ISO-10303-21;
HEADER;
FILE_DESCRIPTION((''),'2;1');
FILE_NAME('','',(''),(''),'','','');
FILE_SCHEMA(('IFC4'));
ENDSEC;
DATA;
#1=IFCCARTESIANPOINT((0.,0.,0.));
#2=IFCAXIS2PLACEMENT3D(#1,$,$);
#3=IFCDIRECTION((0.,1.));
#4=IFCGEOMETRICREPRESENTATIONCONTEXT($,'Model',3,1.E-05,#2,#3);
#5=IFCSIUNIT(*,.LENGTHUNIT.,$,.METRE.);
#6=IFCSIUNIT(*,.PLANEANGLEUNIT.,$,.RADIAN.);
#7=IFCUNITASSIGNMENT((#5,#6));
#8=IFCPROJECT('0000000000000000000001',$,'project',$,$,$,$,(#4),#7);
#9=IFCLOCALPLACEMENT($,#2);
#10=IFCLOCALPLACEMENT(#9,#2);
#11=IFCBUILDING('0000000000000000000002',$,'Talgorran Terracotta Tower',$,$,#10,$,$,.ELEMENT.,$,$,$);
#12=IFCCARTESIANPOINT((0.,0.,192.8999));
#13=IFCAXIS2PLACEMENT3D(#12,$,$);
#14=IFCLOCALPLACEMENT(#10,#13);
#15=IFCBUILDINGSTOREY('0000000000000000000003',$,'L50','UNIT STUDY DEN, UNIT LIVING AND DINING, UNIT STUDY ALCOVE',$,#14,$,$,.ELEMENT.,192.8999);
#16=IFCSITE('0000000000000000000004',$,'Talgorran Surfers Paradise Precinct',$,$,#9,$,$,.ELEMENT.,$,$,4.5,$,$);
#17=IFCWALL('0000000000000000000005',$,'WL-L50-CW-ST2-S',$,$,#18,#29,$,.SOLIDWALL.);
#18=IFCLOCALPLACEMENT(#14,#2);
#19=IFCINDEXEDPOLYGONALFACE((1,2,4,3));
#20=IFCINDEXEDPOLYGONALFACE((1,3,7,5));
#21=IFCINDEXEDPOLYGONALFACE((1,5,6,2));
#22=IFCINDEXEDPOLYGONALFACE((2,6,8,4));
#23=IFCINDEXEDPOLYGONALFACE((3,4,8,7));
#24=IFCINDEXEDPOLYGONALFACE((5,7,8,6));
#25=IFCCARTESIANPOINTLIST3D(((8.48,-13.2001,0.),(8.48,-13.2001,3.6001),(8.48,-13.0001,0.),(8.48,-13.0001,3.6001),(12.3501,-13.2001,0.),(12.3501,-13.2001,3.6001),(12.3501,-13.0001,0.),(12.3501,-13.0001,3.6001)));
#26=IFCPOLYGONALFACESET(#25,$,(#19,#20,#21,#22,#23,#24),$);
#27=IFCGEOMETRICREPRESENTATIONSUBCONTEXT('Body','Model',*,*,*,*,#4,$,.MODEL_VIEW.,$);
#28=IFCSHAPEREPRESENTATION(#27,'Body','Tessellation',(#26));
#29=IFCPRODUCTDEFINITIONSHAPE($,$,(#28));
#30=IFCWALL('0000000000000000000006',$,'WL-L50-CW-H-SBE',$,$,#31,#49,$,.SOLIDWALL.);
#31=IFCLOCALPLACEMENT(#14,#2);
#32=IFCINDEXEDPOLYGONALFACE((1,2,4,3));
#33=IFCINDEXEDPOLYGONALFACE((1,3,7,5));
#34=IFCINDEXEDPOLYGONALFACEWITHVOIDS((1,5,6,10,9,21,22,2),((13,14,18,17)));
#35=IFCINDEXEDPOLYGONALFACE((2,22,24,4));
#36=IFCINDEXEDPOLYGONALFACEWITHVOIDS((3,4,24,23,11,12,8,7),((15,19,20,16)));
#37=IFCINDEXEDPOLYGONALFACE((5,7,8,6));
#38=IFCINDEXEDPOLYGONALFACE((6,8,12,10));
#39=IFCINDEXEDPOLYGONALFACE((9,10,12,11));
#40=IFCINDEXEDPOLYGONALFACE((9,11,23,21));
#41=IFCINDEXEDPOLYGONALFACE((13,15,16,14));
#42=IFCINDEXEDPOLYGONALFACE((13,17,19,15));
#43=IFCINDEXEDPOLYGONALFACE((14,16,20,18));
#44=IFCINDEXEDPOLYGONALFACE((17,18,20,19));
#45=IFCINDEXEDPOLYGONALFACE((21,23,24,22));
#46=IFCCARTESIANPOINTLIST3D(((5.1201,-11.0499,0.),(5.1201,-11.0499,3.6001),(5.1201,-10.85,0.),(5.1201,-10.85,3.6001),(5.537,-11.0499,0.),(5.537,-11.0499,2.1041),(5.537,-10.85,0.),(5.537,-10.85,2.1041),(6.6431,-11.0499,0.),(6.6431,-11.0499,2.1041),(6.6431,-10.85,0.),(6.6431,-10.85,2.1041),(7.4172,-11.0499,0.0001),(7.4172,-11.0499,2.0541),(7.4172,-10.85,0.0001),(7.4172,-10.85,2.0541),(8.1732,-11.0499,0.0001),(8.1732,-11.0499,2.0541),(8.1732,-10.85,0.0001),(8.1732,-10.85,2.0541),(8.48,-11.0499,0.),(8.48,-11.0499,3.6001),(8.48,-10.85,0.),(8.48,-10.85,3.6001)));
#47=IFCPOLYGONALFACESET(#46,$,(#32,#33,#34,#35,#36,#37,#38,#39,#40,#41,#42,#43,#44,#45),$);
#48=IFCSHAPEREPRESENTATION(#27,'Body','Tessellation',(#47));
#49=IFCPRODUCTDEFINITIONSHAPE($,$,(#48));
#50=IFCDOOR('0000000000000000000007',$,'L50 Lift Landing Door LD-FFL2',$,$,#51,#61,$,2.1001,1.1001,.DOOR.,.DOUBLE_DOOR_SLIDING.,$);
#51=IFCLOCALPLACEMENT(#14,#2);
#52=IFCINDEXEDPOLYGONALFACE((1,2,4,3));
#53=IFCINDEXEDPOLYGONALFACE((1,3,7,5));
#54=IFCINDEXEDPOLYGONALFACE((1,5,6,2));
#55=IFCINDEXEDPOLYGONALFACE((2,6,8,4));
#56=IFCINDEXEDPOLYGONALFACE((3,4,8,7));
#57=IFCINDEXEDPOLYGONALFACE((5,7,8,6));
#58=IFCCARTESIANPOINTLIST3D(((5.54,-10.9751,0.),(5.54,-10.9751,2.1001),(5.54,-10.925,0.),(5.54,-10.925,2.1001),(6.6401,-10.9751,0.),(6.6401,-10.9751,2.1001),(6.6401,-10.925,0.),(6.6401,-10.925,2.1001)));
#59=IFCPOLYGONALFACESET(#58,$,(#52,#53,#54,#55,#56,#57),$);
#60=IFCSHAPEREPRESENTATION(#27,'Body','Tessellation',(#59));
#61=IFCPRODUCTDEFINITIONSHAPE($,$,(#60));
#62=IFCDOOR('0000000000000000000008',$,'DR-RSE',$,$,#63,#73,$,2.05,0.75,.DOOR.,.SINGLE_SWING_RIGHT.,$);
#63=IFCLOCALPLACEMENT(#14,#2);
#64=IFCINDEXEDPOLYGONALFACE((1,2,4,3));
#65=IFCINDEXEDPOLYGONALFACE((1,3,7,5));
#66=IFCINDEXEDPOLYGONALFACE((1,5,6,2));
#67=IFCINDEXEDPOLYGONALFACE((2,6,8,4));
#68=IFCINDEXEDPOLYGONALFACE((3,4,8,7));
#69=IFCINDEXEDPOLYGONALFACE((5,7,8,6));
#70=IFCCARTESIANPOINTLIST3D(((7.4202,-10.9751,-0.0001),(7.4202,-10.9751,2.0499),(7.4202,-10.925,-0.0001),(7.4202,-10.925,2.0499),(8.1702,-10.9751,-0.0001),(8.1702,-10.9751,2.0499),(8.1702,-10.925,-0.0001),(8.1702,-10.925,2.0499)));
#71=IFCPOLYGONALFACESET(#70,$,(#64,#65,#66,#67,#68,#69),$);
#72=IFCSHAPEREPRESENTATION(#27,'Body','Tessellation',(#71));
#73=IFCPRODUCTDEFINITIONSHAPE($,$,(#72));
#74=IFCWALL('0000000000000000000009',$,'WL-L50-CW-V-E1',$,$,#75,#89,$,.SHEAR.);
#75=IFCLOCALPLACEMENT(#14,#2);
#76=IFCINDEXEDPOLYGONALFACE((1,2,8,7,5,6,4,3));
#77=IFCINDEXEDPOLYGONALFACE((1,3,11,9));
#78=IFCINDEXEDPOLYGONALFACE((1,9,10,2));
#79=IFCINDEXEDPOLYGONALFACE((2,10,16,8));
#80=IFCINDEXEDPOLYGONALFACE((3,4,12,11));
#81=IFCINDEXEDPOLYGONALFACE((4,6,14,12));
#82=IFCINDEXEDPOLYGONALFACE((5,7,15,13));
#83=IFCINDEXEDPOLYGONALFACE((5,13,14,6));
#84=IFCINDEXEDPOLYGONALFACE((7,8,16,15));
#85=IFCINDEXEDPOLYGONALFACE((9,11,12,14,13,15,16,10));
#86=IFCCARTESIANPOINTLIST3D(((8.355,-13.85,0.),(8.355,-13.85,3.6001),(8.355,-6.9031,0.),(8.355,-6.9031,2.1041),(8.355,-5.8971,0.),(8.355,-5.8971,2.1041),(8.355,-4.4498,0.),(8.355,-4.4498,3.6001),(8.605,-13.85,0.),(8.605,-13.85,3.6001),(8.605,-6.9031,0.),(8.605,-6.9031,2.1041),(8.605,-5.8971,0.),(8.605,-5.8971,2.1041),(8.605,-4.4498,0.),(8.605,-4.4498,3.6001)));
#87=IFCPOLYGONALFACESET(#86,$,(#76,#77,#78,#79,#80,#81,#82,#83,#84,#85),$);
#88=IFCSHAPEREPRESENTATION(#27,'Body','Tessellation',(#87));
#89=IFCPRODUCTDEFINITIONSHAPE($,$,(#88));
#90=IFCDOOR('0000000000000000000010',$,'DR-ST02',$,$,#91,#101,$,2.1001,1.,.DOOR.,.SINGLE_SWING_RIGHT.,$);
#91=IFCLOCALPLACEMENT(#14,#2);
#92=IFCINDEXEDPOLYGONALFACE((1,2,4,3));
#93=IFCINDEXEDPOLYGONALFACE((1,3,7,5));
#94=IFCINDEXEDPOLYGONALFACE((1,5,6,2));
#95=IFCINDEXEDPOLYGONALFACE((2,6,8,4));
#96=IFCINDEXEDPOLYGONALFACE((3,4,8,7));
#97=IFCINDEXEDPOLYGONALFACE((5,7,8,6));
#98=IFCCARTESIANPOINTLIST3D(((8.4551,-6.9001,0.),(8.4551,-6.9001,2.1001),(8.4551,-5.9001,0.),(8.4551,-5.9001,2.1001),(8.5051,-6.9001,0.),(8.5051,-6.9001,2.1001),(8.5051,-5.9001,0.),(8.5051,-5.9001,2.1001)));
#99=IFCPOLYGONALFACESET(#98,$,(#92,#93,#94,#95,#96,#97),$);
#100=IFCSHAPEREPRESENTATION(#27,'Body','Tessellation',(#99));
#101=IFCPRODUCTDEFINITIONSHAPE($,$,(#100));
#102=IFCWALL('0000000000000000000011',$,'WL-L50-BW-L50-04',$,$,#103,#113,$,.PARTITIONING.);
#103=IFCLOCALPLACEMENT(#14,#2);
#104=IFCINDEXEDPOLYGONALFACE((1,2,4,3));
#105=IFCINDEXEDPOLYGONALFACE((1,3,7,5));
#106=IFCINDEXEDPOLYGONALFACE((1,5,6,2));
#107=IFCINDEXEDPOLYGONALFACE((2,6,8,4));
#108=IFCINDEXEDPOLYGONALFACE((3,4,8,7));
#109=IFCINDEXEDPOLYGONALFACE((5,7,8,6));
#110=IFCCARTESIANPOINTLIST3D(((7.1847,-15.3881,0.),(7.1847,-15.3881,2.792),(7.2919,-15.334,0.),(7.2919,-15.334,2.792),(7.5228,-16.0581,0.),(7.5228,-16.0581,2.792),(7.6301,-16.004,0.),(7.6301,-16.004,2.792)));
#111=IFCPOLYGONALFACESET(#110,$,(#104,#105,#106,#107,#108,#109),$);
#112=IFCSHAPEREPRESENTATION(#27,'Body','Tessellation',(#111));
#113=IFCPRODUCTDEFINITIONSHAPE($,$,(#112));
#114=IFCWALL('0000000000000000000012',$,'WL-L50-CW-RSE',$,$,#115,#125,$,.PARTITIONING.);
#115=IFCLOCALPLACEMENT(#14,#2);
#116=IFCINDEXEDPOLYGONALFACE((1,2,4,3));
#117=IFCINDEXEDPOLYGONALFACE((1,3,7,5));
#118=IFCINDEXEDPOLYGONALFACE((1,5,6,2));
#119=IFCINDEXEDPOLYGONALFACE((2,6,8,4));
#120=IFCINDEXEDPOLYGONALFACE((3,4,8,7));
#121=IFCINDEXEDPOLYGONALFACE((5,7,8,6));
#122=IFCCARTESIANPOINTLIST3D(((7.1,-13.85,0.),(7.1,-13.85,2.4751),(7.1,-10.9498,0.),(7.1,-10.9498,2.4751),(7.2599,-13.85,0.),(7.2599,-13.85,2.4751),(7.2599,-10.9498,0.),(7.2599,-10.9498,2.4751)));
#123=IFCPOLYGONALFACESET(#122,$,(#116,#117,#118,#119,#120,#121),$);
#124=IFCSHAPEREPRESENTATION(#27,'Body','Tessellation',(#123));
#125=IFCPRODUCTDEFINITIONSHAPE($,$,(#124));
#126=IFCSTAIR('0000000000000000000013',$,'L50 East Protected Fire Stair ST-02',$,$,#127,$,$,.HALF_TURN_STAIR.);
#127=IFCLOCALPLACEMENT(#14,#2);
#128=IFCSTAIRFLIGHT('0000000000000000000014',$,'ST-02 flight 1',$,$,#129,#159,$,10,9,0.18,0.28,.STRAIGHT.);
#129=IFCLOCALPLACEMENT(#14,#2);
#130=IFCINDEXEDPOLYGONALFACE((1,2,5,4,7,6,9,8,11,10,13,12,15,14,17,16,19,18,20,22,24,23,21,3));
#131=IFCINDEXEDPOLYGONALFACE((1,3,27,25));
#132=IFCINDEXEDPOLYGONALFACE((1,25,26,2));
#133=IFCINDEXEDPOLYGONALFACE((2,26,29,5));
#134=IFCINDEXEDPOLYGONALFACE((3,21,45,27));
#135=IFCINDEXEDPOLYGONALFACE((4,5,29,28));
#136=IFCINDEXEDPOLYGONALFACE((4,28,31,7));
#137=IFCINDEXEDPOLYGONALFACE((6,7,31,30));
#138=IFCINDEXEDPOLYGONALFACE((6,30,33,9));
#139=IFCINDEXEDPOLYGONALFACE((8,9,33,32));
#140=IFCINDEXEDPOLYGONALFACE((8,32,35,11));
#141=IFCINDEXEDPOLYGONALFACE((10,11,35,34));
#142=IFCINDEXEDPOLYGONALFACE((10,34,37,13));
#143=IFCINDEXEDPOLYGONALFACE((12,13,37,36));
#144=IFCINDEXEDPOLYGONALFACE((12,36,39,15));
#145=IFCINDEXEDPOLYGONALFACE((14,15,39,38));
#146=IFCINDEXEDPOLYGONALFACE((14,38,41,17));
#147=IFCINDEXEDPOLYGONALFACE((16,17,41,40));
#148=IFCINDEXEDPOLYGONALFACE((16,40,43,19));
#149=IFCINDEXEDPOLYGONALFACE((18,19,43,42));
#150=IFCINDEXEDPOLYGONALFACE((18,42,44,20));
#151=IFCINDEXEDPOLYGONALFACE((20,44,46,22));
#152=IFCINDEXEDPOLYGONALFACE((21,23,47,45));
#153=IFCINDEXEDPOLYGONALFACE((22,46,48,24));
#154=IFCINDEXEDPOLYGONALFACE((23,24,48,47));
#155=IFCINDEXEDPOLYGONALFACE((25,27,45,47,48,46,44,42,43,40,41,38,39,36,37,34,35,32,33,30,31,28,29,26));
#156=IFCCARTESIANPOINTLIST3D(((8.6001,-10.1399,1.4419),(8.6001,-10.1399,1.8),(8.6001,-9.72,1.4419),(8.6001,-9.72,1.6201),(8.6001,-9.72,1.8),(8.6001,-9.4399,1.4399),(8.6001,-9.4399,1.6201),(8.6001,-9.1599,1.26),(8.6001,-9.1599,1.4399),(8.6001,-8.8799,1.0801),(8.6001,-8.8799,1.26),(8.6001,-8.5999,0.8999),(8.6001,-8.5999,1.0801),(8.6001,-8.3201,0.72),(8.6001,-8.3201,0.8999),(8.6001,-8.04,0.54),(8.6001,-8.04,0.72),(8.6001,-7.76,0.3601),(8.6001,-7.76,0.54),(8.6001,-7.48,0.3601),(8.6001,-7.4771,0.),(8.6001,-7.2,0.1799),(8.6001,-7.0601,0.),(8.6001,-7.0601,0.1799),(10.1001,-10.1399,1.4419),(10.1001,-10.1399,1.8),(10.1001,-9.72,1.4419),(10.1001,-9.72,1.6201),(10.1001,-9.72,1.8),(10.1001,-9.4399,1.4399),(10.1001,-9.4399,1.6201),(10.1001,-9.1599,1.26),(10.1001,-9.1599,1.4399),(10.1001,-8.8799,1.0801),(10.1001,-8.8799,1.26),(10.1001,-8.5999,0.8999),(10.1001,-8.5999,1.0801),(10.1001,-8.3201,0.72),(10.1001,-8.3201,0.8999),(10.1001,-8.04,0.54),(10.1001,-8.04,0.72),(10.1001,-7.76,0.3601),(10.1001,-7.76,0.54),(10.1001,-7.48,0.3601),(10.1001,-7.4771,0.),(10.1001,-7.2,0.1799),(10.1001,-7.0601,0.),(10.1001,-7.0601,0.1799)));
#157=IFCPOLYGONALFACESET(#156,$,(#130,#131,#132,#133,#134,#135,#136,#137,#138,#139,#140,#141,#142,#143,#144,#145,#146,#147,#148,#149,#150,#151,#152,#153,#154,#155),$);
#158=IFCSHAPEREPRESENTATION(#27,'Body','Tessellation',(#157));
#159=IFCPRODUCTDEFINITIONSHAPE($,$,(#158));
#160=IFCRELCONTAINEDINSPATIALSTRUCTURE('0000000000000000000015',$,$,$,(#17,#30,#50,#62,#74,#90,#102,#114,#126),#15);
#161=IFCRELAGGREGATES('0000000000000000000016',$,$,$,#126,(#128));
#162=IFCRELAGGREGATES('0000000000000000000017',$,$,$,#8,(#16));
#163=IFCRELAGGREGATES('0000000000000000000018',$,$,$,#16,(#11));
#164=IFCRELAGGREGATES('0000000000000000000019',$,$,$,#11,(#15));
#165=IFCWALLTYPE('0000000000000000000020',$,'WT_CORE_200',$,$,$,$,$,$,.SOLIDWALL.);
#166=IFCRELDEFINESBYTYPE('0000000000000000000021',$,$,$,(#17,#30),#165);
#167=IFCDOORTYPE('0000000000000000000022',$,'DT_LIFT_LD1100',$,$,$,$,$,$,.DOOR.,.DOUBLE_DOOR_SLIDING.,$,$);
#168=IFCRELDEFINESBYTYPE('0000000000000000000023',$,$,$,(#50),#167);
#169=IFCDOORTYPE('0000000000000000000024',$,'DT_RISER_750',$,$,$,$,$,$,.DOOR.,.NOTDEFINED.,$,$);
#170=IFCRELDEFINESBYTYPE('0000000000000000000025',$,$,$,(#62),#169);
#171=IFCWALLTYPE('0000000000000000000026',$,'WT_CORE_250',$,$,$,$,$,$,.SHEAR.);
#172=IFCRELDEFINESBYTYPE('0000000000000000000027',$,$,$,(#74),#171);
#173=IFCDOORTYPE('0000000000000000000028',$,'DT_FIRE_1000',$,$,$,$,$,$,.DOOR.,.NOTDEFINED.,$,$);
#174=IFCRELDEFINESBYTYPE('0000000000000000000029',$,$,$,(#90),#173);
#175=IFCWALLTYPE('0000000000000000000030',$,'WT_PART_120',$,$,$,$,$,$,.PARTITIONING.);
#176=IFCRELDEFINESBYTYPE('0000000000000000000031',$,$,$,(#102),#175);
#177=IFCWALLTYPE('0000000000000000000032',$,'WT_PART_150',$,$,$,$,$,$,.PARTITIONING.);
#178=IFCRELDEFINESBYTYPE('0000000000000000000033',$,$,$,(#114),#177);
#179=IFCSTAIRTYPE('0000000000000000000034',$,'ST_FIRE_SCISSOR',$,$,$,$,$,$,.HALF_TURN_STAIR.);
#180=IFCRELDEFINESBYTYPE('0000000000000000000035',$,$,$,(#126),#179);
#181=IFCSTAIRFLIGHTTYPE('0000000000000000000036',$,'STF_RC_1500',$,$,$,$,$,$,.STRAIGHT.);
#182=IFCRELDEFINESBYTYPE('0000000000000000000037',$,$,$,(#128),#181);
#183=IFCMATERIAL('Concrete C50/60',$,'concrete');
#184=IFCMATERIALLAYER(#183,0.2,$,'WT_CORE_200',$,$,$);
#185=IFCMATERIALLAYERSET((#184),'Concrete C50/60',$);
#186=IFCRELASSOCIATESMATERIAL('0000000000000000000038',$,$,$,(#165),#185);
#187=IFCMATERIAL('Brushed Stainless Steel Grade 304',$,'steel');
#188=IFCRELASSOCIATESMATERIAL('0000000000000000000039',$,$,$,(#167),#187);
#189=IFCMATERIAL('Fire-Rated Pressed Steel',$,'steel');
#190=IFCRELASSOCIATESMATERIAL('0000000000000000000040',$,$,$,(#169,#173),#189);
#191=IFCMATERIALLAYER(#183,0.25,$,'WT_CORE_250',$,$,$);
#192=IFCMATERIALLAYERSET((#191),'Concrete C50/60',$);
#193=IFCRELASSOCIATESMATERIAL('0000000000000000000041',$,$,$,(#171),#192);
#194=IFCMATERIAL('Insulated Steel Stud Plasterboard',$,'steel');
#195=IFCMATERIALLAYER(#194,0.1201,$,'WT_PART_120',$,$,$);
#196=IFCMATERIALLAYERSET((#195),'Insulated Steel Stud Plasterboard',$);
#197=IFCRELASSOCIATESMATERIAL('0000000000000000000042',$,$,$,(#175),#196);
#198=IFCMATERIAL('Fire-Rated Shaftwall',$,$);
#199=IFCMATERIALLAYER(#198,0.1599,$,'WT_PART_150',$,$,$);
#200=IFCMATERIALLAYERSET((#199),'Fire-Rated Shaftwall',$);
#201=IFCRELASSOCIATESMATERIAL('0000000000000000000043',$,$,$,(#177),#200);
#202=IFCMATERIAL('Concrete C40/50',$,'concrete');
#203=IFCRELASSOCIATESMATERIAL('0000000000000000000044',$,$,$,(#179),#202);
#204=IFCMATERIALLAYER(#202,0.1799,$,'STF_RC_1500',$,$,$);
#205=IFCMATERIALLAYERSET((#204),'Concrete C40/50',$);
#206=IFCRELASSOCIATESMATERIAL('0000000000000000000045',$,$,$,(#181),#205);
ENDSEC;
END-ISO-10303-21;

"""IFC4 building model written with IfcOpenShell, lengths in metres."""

from ifc_helpers import new_model, si_unit, direction, frame, frame_2d, origin, place, context, subcontext, project, spatial, polyline, rectangle, outline, extrude, material, layer, layer_set, type_object, element, fill, aggregate, save


model = new_model("IFC4")

# Units and contexts
model_context = context("Model", 3, precision=1e-05, world=origin(), true_north=direction((0.0, 1.0)))
body_context = subcontext(model_context, "Body", "Model", "MODEL_VIEW")
ifc_project = project(units=[si_unit("LENGTHUNIT", "METRE"), si_unit("PLANEANGLEUNIT", "RADIAN")], contexts=[model_context])

# Site, building, storey
site_placement = place(None, origin())
site = spatial("IfcSite", under=ifc_project, at=site_placement, Name="Talgorran Surfers Paradise Precinct", CompositionType="ELEMENT", RefElevation=4.5)
building_placement = place(site_placement, origin())
building = spatial("IfcBuilding", under=site, at=building_placement, Name="Talgorran Terracotta Tower", CompositionType="ELEMENT")
storey_placement = place(building_placement, frame((0.0, 0.0, 192.8999)))
storey = spatial("IfcBuildingStorey", under=building, at=storey_placement, Name="L50", Description="UNIT STUDY DEN, UNIT LIVING AND DINING, UNIT STUDY ALCOVE", CompositionType="ELEMENT", Elevation=192.8999)

# Shared definitions
ifc_material_1 = material(Name="Concrete C50/60", Category="concrete")

# Wall
ifc_layer_1 = layer(ifc_material_1, 0.2, Name="WT_CORE_200")
ifc_layer_set_1 = layer_set([ifc_layer_1], Name="Concrete C50/60")
wall_type_1 = type_object("IfcWallType", Name="WT_CORE_200", PredefinedType="SOLIDWALL", material=ifc_layer_set_1)
wall_1_placement = place(storey_placement, frame((8.48, -13.1001, 0.0), z_axis=(0.0, 0.0, 1.0), x_axis=(1.0, 0.0, 0.0)))
element("IfcWall", 1, at=wall_1_placement, inside=storey, type_object=wall_type_1, Name="WL-L50-CW-ST2-S", PredefinedType="SOLIDWALL", context=body_context, shape_type="SweptSolid", body=[
    extrude(rectangle(XDim=3.8701, YDim=0.2, at=frame_2d((1.9351, 0.0))), origin(), (0.0, 0.0, 1.0), 3.6001),
])

# Wall, openings, doors
wall_2_placement = place(storey_placement, frame((5.1201, -10.95, 0.0), z_axis=(0.0, 0.0, 1.0), x_axis=(1.0, 0.0, 0.0)))
wall_2 = element("IfcWall", 2, at=wall_2_placement, inside=storey, type_object=wall_type_1, Name="WL-L50-CW-H-SBE", PredefinedType="SOLIDWALL", context=body_context, shape_type="SweptSolid", body=[
    extrude(rectangle(XDim=3.3599, YDim=0.2, at=frame_2d((1.6799, 0.0))), origin(), (0.0, 0.0, 1.0), 3.6001),
])
opening_1_placement = place(wall_2_placement, frame((0.4199, 0.0, 0.0)))
opening_1 = element("IfcOpeningElement", 3, at=opening_1_placement, cuts=wall_2, PredefinedType="OPENING", context=body_context, shape_type="SweptSolid", body=[
    extrude(rectangle(XDim=1.1061, YDim=2.1041, at=frame_2d((0.55, 1.052))), frame((0.0, 0.1099, 0.0), z_axis=(0.0, -1.0, 0.0), x_axis=(1.0, 0.0, 0.0)), (0.0, 0.0, 1.0), 0.22),
])
opening_2_placement = place(wall_2_placement, frame((2.3, 0.0, 0.0)))
opening_2 = element("IfcOpeningElement", 4, at=opening_2_placement, cuts=wall_2, PredefinedType="OPENING", context=body_context, shape_type="SweptSolid", body=[
    extrude(rectangle(XDim=0.756, YDim=2.054, at=frame_2d((0.375, 1.0271))), frame((0.0, 0.1099, 0.0), z_axis=(0.0, -1.0, 0.0), x_axis=(1.0, 0.0, 0.0)), (0.0, 0.0, 1.0), 0.22),
])
ifc_material_2 = material(Name="Brushed Stainless Steel Grade 304", Category="steel")
door_type_1 = type_object("IfcDoorType", Name="DT_LIFT_LD1100", OperationType="DOUBLE_DOOR_SLIDING", PredefinedType="DOOR", material=ifc_material_2)
door_1_placement = place(opening_1_placement, origin())
door_1 = element("IfcDoor", 5, at=door_1_placement, inside=storey, type_object=door_type_1, Name="L50 Lift Landing Door LD-FFL2", OperationType="DOUBLE_DOOR_SLIDING", OverallHeight=2.1001, OverallWidth=1.1001, PredefinedType="DOOR", context=body_context, shape_type="SweptSolid", body=[
    extrude(rectangle(XDim=1.1001, YDim=2.1001, at=frame_2d((0.55, 1.05))), frame((0.0, 0.0249, 0.0), z_axis=(0.0, -1.0, 0.0), x_axis=(1.0, 0.0, 0.0)), (0.0, 0.0, 1.0), 0.05),
])
fill(opening_1, door_1)
ifc_material_3 = material(Name="Fire-Rated Pressed Steel", Category="steel")
door_type_2 = type_object("IfcDoorType", Name="DT_RISER_750", OperationType="NOTDEFINED", PredefinedType="DOOR", material=ifc_material_3)
door_2_placement = place(opening_2_placement, origin())
door_2 = element("IfcDoor", 6, at=door_2_placement, inside=storey, type_object=door_type_2, Name="DR-RSE", OperationType="SINGLE_SWING_RIGHT", OverallHeight=2.05, OverallWidth=0.75, PredefinedType="DOOR", context=body_context, shape_type="SweptSolid", body=[
    extrude(rectangle(XDim=0.75, YDim=2.05, at=frame_2d((0.375, 1.0249))), frame((0.0, 0.0249, 0.0), z_axis=(0.0, -1.0, 0.0), x_axis=(1.0, 0.0, 0.0)), (0.0, 0.0, 1.0), 0.05),
])
fill(opening_2, door_2)

# Wall, opening, door
ifc_layer_2 = layer(ifc_material_1, 0.25, Name="WT_CORE_250")
ifc_layer_set_2 = layer_set([ifc_layer_2], Name="Concrete C50/60")
wall_type_2 = type_object("IfcWallType", Name="WT_CORE_250", PredefinedType="SHEAR", material=ifc_layer_set_2)
wall_3_placement = place(storey_placement, frame((8.48, -13.8501, 0.0), z_axis=(0.0, 0.0, 1.0), x_axis=(0.0, 1.0, 0.0)))
wall_3 = element("IfcWall", 7, at=wall_3_placement, inside=storey, type_object=wall_type_2, Name="WL-L50-CW-V-E1", PredefinedType="SHEAR", context=body_context, shape_type="SweptSolid", body=[
    extrude(rectangle(XDim=9.4001, YDim=0.25, at=frame_2d((4.7002, 0.0))), origin(), (0.0, 0.0, 1.0), 3.6001),
])
opening_3_placement = place(wall_3_placement, frame((6.95, 0.0, 0.0)))
opening_3 = element("IfcOpeningElement", 8, at=opening_3_placement, cuts=wall_3, PredefinedType="OPENING", context=body_context, shape_type="SweptSolid", body=[
    extrude(rectangle(XDim=1.006, YDim=2.1041, at=frame_2d((0.5, 1.052))), frame((0.0, 0.135, 0.0), z_axis=(0.0, -1.0, 0.0), x_axis=(1.0, 0.0, 0.0)), (0.0, 0.0, 1.0), 0.27),
])
door_type_3 = type_object("IfcDoorType", Name="DT_FIRE_1000", OperationType="NOTDEFINED", PredefinedType="DOOR", material=ifc_material_3)
door_3_placement = place(opening_3_placement, origin())
door_3 = element("IfcDoor", 9, at=door_3_placement, inside=storey, type_object=door_type_3, Name="DR-ST02", OperationType="SINGLE_SWING_RIGHT", OverallHeight=2.1001, OverallWidth=1.0, PredefinedType="DOOR", context=body_context, shape_type="SweptSolid", body=[
    extrude(rectangle(XDim=1.0, YDim=2.1001, at=frame_2d((0.5, 1.05))), frame((0.0, 0.0249, 0.0), z_axis=(0.0, -1.0, 0.0), x_axis=(1.0, 0.0, 0.0)), (0.0, 0.0, 1.0), 0.05),
])
fill(opening_3, door_3)

# Walls
ifc_material_4 = material(Name="Insulated Steel Stud Plasterboard", Category="steel")
ifc_layer_3 = layer(ifc_material_4, 0.1201, Name="WT_PART_120")
ifc_layer_set_3 = layer_set([ifc_layer_3], Name="Insulated Steel Stud Plasterboard")
wall_type_3 = type_object("IfcWallType", Name="WT_PART_120", PredefinedType="PARTITIONING", material=ifc_layer_set_3)
wall_4_placement = place(storey_placement, frame((7.2383, -15.3611, 0.0), z_axis=(0.0, 0.0, 1.0), x_axis=(0.450594, -0.892729, 0.0)))
element("IfcWall", 10, at=wall_4_placement, inside=storey, type_object=wall_type_3, Name="WL-L50-BW-L50-04", PredefinedType="PARTITIONING", context=body_context, shape_type="SweptSolid", body=[
    extrude(rectangle(XDim=0.7505, YDim=0.1201, at=frame_2d((0.3752, 0.0))), origin(), (0.0, 0.0, 1.0), 2.792),
])
ifc_material_5 = material(Name="Fire-Rated Shaftwall")
ifc_layer_4 = layer(ifc_material_5, 0.1599, Name="WT_PART_150")
ifc_layer_set_4 = layer_set([ifc_layer_4], Name="Fire-Rated Shaftwall")
wall_type_4 = type_object("IfcWallType", Name="WT_PART_150", PredefinedType="PARTITIONING", material=ifc_layer_set_4)
wall_5_placement = place(storey_placement, frame((7.1799, -13.8501, 0.0), z_axis=(0.0, 0.0, 1.0), x_axis=(0.0, 1.0, 0.0)))
element("IfcWall", 11, at=wall_5_placement, inside=storey, type_object=wall_type_4, Name="WL-L50-CW-RSE", PredefinedType="PARTITIONING", context=body_context, shape_type="SweptSolid", body=[
    extrude(rectangle(XDim=2.9001, YDim=0.1599, at=frame_2d((1.4502, 0.0))), origin(), (0.0, 0.0, 1.0), 2.4751),
])

# Stair, stair flight
ifc_material_6 = material(Name="Concrete C40/50", Category="concrete")
stair_type = type_object("IfcStairType", Name="ST_FIRE_SCISSOR", PredefinedType="HALF_TURN_STAIR", material=ifc_material_6)
stair_placement = place(storey_placement, origin())
stair = element("IfcStair", 12, at=stair_placement, inside=storey, type_object=stair_type, Name="L50 East Protected Fire Stair ST-02", PredefinedType="HALF_TURN_STAIR")
ifc_layer_5 = layer(ifc_material_6, 0.1799, Name="STF_RC_1500")
ifc_layer_set_5 = layer_set([ifc_layer_5], Name="Concrete C40/50")
stair_flight_type = type_object("IfcStairFlightType", Name="STF_RC_1500", PredefinedType="STRAIGHT", material=ifc_layer_set_5)
stair_flight_1_placement = place(storey_placement, frame((9.3501, -7.2, 0.0), z_axis=(0.0, 0.0, 1.0), x_axis=(0.0, -1.0, 0.0)))
stair_flight_1 = element("IfcStairFlight", 13, at=stair_flight_1_placement, type_object=stair_flight_type, Name="ST-02 flight 1", NumberOfRisers=10, NumberOfTreads=9, PredefinedType="STRAIGHT", RiserHeight=0.18, TreadLength=0.28, context=body_context, shape_type="SweptSolid", body=[
    extrude(outline(polyline([(-0.1399, 0.0), (-0.1399, 0.1799), (0.0, 0.1799), (0.28, 0.3601), (0.5601, 0.3601), (0.5601, 0.54), (0.8401, 0.54), (0.8401, 0.72), (1.1201, 0.72), (1.1201, 0.8999), (1.3999, 0.8999), (1.3999, 1.0801), (1.6799, 1.0801), (1.6799, 1.26), (1.96, 1.26), (1.96, 1.4399), (2.24, 1.4399), (2.24, 1.6201), (2.52, 1.6201), (2.52, 1.8), (2.9399, 1.8), (2.9399, 1.4419), (2.52, 1.4419), (0.2771, 0.0), (-0.1399, 0.0)])), frame((0.0, 0.75, 0.0), z_axis=(0.0, -1.0, 0.0), x_axis=(1.0, 0.0, 0.0)), (0.0, 0.0, 1.0), 1.5),
])
aggregate(stair, [stair_flight_1])

save(model, "model.ifc")
